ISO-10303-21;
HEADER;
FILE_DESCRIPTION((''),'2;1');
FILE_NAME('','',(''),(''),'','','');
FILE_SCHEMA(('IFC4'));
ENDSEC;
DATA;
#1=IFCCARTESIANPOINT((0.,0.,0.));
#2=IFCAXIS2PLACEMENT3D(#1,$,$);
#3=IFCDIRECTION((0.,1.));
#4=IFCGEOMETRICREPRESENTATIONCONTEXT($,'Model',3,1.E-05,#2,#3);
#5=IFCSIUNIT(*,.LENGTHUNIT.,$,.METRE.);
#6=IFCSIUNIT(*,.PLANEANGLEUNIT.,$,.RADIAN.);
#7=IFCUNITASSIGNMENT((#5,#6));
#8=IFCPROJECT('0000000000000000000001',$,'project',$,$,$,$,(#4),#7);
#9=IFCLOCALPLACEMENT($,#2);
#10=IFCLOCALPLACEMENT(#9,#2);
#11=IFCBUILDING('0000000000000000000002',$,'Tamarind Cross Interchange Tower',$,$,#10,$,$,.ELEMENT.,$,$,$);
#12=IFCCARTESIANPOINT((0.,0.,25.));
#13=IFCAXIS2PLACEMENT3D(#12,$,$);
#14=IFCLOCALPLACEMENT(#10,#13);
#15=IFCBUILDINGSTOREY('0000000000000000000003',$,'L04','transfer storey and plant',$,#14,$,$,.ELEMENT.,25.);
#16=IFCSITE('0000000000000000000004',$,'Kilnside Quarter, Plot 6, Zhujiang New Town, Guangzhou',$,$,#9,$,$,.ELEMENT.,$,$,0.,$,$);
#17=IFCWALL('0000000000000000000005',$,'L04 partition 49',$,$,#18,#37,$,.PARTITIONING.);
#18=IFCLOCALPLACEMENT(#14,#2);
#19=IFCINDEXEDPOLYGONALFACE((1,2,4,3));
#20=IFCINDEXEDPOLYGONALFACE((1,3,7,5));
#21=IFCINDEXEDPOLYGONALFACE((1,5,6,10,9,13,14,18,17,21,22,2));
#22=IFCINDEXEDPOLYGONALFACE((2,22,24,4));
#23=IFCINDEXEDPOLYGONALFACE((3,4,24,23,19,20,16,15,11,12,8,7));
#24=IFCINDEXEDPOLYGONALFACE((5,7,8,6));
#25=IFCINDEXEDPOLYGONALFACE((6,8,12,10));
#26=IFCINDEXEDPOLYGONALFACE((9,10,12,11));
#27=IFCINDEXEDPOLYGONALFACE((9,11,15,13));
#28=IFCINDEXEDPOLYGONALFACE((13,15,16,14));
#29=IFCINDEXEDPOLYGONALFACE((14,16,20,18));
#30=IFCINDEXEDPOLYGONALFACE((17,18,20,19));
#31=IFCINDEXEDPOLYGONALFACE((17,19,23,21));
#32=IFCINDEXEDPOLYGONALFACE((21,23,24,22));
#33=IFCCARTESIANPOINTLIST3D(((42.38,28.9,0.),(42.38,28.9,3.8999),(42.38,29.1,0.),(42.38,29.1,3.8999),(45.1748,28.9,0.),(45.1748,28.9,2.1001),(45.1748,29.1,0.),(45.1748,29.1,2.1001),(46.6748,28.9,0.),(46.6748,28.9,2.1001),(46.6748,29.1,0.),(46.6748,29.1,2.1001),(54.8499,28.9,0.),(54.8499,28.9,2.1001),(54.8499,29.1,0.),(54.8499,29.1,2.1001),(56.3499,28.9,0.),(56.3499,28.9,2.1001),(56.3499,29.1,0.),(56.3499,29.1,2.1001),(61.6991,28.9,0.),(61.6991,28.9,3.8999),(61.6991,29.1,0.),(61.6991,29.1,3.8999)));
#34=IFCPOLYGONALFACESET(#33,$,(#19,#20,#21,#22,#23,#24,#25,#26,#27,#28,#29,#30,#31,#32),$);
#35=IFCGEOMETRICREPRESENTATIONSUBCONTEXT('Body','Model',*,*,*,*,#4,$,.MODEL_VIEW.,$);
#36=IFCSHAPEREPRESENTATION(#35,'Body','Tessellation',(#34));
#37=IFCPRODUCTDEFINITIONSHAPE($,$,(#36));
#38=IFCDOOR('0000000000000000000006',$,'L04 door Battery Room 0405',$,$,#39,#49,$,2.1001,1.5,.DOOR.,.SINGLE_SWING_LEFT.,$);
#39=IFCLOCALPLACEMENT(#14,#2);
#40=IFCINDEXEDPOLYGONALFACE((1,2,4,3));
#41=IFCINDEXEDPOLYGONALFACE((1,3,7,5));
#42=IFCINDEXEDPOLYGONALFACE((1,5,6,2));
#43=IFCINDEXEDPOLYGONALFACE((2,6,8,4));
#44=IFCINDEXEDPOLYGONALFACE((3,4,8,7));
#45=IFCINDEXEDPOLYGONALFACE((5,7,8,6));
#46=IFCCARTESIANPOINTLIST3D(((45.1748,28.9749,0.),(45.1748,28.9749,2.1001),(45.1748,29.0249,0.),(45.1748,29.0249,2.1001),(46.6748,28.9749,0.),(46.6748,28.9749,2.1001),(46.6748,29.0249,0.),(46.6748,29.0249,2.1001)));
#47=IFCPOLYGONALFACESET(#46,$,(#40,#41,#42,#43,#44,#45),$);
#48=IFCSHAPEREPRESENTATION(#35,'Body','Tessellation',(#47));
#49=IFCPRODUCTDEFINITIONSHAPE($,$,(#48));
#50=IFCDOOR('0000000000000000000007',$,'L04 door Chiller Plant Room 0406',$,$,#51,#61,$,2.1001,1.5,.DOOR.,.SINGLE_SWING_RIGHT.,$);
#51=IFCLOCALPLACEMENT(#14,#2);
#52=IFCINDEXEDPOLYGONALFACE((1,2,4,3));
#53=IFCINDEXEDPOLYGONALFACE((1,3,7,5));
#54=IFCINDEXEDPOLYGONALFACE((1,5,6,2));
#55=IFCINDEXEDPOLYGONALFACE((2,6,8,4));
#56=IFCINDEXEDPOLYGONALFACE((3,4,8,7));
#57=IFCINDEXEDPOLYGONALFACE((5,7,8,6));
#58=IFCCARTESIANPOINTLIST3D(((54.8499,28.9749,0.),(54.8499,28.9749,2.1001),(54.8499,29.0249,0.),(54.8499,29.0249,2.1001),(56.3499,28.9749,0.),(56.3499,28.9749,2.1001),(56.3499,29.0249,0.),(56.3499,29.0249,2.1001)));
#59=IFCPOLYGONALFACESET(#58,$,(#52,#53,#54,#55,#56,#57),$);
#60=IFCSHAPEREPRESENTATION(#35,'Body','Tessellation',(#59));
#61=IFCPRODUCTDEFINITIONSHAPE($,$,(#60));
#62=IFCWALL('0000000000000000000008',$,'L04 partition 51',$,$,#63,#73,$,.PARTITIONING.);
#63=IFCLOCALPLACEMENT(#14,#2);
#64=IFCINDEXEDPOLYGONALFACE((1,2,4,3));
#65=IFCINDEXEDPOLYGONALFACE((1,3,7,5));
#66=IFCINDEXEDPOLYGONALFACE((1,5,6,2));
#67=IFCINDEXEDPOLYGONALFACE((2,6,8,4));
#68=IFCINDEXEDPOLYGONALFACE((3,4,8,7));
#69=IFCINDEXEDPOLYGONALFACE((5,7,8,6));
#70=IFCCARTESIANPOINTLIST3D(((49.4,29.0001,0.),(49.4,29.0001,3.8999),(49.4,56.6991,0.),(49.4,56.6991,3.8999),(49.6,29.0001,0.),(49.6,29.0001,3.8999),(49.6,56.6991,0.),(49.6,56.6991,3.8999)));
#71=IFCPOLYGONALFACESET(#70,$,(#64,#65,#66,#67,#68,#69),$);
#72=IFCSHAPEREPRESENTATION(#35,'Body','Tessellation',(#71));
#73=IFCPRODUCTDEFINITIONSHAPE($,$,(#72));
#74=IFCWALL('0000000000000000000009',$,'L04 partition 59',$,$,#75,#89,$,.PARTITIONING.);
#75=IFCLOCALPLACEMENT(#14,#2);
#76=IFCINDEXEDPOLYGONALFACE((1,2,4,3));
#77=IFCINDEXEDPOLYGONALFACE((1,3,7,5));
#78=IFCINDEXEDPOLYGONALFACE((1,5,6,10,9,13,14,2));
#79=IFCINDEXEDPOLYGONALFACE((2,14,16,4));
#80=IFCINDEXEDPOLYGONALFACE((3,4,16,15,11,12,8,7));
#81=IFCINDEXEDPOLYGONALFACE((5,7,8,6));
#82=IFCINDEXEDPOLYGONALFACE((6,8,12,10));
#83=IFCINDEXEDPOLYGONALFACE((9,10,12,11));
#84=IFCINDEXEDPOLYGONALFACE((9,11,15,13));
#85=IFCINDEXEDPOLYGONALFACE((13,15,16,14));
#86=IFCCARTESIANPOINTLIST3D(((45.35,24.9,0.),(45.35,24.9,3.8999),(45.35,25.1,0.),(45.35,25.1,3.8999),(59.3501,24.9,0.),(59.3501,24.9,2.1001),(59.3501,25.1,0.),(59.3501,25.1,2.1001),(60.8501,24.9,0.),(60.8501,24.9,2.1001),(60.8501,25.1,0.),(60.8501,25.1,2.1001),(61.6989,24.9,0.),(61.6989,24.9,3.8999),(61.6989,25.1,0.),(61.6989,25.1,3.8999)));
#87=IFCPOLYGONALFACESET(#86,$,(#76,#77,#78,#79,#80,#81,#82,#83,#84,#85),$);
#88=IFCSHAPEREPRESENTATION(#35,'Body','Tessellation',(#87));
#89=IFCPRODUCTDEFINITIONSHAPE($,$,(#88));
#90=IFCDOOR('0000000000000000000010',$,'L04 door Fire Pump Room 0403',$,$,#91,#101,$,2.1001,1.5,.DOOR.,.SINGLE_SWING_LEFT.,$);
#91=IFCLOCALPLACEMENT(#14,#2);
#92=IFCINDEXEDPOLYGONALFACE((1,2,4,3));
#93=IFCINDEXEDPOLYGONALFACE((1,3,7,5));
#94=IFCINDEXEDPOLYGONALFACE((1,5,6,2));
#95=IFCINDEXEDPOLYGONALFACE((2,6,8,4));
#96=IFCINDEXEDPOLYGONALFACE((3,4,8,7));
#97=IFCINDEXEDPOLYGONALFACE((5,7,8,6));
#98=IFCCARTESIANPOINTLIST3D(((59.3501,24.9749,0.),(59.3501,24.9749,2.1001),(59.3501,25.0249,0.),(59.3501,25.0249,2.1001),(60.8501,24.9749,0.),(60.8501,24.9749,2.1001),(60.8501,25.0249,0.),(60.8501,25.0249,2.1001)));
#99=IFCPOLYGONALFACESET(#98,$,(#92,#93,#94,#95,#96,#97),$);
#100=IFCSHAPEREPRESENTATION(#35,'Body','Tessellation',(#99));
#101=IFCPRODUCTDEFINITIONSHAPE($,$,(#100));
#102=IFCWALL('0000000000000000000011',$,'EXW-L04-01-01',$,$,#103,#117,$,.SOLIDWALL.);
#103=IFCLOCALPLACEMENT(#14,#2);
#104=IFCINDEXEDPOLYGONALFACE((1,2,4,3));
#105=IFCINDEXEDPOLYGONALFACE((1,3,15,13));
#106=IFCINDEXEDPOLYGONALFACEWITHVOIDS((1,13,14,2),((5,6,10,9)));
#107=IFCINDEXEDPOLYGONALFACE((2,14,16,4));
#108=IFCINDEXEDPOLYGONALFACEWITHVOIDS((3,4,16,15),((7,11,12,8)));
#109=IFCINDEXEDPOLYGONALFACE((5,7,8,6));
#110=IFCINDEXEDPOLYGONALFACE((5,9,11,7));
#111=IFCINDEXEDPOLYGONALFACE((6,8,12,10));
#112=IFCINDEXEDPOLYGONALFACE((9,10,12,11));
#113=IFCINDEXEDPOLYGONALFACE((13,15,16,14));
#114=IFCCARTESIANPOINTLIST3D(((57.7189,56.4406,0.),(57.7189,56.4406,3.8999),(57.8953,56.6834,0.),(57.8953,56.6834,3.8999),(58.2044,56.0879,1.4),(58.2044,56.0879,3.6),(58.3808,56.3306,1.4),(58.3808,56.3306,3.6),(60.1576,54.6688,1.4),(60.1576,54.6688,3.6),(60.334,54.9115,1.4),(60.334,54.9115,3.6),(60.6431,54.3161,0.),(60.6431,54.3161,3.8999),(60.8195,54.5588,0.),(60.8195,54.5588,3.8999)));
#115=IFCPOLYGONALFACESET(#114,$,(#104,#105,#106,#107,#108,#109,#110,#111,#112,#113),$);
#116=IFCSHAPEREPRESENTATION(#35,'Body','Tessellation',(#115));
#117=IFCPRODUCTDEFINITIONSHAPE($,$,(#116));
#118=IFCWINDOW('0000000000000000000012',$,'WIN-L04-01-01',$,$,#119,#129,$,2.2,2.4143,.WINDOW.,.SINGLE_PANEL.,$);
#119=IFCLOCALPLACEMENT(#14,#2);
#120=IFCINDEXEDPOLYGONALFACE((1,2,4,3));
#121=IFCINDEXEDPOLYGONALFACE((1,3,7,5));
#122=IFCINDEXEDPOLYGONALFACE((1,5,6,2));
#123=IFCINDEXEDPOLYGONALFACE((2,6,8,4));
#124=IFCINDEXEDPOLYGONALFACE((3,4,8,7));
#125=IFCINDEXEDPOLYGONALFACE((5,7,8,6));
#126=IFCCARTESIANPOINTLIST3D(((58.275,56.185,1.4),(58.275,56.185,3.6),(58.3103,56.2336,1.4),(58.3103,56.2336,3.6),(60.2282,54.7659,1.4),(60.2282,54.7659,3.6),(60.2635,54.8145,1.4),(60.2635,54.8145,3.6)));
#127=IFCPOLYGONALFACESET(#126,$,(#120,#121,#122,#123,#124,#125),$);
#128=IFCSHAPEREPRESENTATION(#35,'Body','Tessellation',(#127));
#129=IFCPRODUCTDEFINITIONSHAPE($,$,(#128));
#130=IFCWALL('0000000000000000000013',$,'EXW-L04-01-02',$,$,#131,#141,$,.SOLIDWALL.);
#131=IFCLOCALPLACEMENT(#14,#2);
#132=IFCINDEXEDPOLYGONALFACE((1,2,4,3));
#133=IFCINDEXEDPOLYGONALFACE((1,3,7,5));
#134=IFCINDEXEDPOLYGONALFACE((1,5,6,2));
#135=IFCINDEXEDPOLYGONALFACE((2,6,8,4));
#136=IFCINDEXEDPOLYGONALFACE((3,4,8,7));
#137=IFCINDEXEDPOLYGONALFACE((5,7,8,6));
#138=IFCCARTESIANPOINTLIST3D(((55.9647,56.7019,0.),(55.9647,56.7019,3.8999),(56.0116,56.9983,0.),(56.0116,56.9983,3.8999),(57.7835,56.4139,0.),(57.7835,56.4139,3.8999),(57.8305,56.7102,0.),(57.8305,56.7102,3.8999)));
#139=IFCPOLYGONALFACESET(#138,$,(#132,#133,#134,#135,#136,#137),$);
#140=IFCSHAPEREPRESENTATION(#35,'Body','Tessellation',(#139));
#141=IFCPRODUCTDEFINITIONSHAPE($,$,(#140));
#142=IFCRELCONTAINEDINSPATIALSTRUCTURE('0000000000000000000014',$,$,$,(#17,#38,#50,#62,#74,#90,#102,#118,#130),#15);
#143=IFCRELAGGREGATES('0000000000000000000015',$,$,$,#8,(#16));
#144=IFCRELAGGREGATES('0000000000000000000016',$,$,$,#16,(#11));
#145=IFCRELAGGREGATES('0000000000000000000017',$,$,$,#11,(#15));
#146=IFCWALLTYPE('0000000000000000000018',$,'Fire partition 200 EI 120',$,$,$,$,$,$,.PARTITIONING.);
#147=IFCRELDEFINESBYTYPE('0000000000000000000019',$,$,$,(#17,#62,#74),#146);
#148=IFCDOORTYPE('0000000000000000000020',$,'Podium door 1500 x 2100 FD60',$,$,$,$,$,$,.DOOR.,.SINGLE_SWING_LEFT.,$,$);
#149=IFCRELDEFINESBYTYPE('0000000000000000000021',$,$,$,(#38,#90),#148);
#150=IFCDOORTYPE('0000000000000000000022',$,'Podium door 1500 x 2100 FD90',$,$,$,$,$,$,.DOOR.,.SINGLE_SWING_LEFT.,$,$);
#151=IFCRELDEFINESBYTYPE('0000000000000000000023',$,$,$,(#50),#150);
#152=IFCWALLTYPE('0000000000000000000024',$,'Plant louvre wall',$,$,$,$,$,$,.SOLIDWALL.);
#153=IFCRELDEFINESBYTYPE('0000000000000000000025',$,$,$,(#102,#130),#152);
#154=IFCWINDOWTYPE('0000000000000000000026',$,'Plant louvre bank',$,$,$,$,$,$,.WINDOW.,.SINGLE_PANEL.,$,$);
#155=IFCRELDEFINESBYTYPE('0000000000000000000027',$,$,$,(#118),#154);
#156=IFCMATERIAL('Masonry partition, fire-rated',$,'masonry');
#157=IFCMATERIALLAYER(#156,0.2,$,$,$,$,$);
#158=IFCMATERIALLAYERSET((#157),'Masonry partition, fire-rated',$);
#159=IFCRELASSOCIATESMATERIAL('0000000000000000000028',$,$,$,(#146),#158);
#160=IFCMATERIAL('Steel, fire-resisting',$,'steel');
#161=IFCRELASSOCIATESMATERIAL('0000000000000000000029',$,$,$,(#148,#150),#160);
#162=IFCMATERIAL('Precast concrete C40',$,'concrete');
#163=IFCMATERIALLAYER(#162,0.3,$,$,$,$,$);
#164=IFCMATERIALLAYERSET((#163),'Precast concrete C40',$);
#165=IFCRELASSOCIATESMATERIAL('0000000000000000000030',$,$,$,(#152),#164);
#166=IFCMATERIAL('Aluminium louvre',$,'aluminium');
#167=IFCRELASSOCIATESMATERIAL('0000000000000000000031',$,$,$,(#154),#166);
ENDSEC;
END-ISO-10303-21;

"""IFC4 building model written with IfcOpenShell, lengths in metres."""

from ifc_helpers import new_model, si_unit, direction, frame, frame_2d, origin, place, context, subcontext, project, spatial, rectangle, extrude, material, layer, layer_set, type_object, element, fill, save


model = new_model("IFC4")

# Units and contexts
model_context = context("Model", 3, precision=1e-05, world=origin(), true_north=direction((0.0, 1.0)))
body_context = subcontext(model_context, "Body", "Model", "MODEL_VIEW")
ifc_project = project(units=[si_unit("LENGTHUNIT", "METRE"), si_unit("PLANEANGLEUNIT", "RADIAN")], contexts=[model_context])

# Site, building, storey
site_placement = place(None, origin())
site = spatial("IfcSite", under=ifc_project, at=site_placement, Name="Kilnside Quarter, Plot 6, Zhujiang New Town, Guangzhou", CompositionType="ELEMENT", RefElevation=0.0)
building_placement = place(site_placement, origin())
building = spatial("IfcBuilding", under=site, at=building_placement, Name="Tamarind Cross Interchange Tower", CompositionType="ELEMENT")
storey_placement = place(building_placement, frame((0.0, 0.0, 25.0)))
storey = spatial("IfcBuildingStorey", under=building, at=storey_placement, Name="L04", Description="transfer storey and plant", CompositionType="ELEMENT", Elevation=25.0)

# Shared definitions
ifc_material_1 = material(Name="Masonry partition, fire-rated", Category="masonry")
ifc_layer_1 = layer(ifc_material_1, 0.2)
ifc_layer_set_1 = layer_set([ifc_layer_1], Name="Masonry partition, fire-rated")
wall_type_1 = type_object("IfcWallType", Name="Fire partition 200 EI 120", PredefinedType="PARTITIONING", material=ifc_layer_set_1)

# Wall, openings, doors
wall_1_placement = place(storey_placement, frame((42.3799, 29.0, 0.0), z_axis=(0.0, 0.0, 1.0), x_axis=(1.0, 0.0, 0.0)))
wall_1 = element("IfcWall", 1, at=wall_1_placement, inside=storey, type_object=wall_type_1, Name="L04 partition 49", PredefinedType="PARTITIONING", context=body_context, shape_type="SweptSolid", body=[
    extrude(rectangle(XDim=19.3191, YDim=0.2, at=frame_2d((9.6597, 0.0))), origin(), (0.0, 0.0, 1.0), 3.8999),
])
opening_1_placement = place(wall_1_placement, frame((2.7949, 0.0, 0.0)))
opening_1 = element("IfcOpeningElement", 2, at=opening_1_placement, cuts=wall_1, PredefinedType="OPENING", context=body_context, shape_type="SweptSolid", body=[
    extrude(rectangle(XDim=1.5, YDim=2.1001, at=frame_2d((0.75, 1.05))), frame((0.0, 0.1099, 0.0), z_axis=(0.0, -1.0, 0.0), x_axis=(1.0, 0.0, 0.0)), (0.0, 0.0, 1.0), 0.22),
])
opening_2_placement = place(wall_1_placement, frame((12.47, 0.0, 0.0)))
opening_2 = element("IfcOpeningElement", 3, at=opening_2_placement, cuts=wall_1, PredefinedType="OPENING", context=body_context, shape_type="SweptSolid", body=[
    extrude(rectangle(XDim=1.5, YDim=2.1001, at=frame_2d((0.75, 1.05))), frame((0.0, 0.1099, 0.0), z_axis=(0.0, -1.0, 0.0), x_axis=(1.0, 0.0, 0.0)), (0.0, 0.0, 1.0), 0.22),
])
ifc_material_2 = material(Name="Steel, fire-resisting", Category="steel")
door_type_1 = type_object("IfcDoorType", Name="Podium door 1500 x 2100 FD60", OperationType="SINGLE_SWING_LEFT", PredefinedType="DOOR", material=ifc_material_2)
door_1_placement = place(opening_1_placement, origin())
door_1 = element("IfcDoor", 4, at=door_1_placement, inside=storey, type_object=door_type_1, Name="L04 door Battery Room 0405", OperationType="SINGLE_SWING_LEFT", OverallHeight=2.1001, OverallWidth=1.5, PredefinedType="DOOR", context=body_context, shape_type="SweptSolid", body=[
    extrude(rectangle(XDim=1.5, YDim=2.1001, at=frame_2d((0.75, 1.05))), frame((0.0, 0.0249, 0.0), z_axis=(0.0, -1.0, 0.0), x_axis=(1.0, 0.0, 0.0)), (0.0, 0.0, 1.0), 0.05),
])
fill(opening_1, door_1)
door_type_2 = type_object("IfcDoorType", Name="Podium door 1500 x 2100 FD90", OperationType="SINGLE_SWING_LEFT", PredefinedType="DOOR", material=ifc_material_2)
door_2_placement = place(opening_2_placement, origin())
door_2 = element("IfcDoor", 5, at=door_2_placement, inside=storey, type_object=door_type_2, Name="L04 door Chiller Plant Room 0406", OperationType="SINGLE_SWING_RIGHT", OverallHeight=2.1001, OverallWidth=1.5, PredefinedType="DOOR", context=body_context, shape_type="SweptSolid", body=[
    extrude(rectangle(XDim=1.5, YDim=2.1001, at=frame_2d((0.75, 1.05))), frame((0.0, 0.0249, 0.0), z_axis=(0.0, -1.0, 0.0), x_axis=(1.0, 0.0, 0.0)), (0.0, 0.0, 1.0), 0.05),
])
fill(opening_2, door_2)

# Wall
wall_2_placement = place(storey_placement, frame((49.5, 29.0, 0.0), z_axis=(0.0, 0.0, 1.0), x_axis=(0.0, 1.0, 0.0)))
element("IfcWall", 6, at=wall_2_placement, inside=storey, type_object=wall_type_1, Name="L04 partition 51", PredefinedType="PARTITIONING", context=body_context, shape_type="SweptSolid", body=[
    extrude(rectangle(XDim=27.699, YDim=0.2, at=frame_2d((13.8496, 0.0))), origin(), (0.0, 0.0, 1.0), 3.8999),
])

# Wall, opening, door
wall_3_placement = place(storey_placement, frame((45.3501, 25.0, 0.0), z_axis=(0.0, 0.0, 1.0), x_axis=(1.0, 0.0, 0.0)))
wall_3 = element("IfcWall", 7, at=wall_3_placement, inside=storey, type_object=wall_type_1, Name="L04 partition 59", PredefinedType="PARTITIONING", context=body_context, shape_type="SweptSolid", body=[
    extrude(rectangle(XDim=16.3489, YDim=0.2, at=frame_2d((8.1743, 0.0))), origin(), (0.0, 0.0, 1.0), 3.8999),
])
opening_3_placement = place(wall_3_placement, frame((14.0, 0.0, 0.0)))
opening_3 = element("IfcOpeningElement", 8, at=opening_3_placement, cuts=wall_3, PredefinedType="OPENING", context=body_context, shape_type="SweptSolid", body=[
    extrude(rectangle(XDim=1.5, YDim=2.1001, at=frame_2d((0.75, 1.05))), frame((0.0, 0.1099, 0.0), z_axis=(0.0, -1.0, 0.0), x_axis=(1.0, 0.0, 0.0)), (0.0, 0.0, 1.0), 0.22),
])
door_3_placement = place(opening_3_placement, origin())
door_3 = element("IfcDoor", 9, at=door_3_placement, inside=storey, type_object=door_type_1, Name="L04 door Fire Pump Room 0403", OperationType="SINGLE_SWING_LEFT", OverallHeight=2.1001, OverallWidth=1.5, PredefinedType="DOOR", context=body_context, shape_type="SweptSolid", body=[
    extrude(rectangle(XDim=1.5, YDim=2.1001, at=frame_2d((0.75, 1.05))), frame((0.0, 0.0249, 0.0), z_axis=(0.0, -1.0, 0.0), x_axis=(1.0, 0.0, 0.0)), (0.0, 0.0, 1.0), 0.05),
])
fill(opening_3, door_3)

# Wall, opening, window
ifc_material_3 = material(Name="Precast concrete C40", Category="concrete")
ifc_layer_2 = layer(ifc_material_3, 0.3)
ifc_layer_set_2 = layer_set([ifc_layer_2], Name="Precast concrete C40")
wall_type_2 = type_object("IfcWallType", Name="Plant louvre wall", PredefinedType="SOLIDWALL", material=ifc_layer_set_2)
ifc_material_4 = material(Name="Aluminium louvre", Category="aluminium")
window_type_1 = type_object("IfcWindowType", Name="Plant louvre bank", PartitioningType="SINGLE_PANEL", PredefinedType="WINDOW", material=ifc_material_4)
wall_4_placement = place(storey_placement, frame((60.7312, 54.4375, 0.0), z_axis=(0.0, 0.0, 1.0), x_axis=(-0.809011, 0.587794, 0.0)))
wall_4 = element("IfcWall", 10, at=wall_4_placement, inside=storey, type_object=wall_type_2, Name="EXW-L04-01-01", PredefinedType="SOLIDWALL", context=body_context, shape_type="SweptSolid", body=[
    extrude(rectangle(XDim=3.6145, YDim=0.3, at=frame_2d((1.8071, 0.0))), origin(), (0.0, 0.0, 1.0), 3.8999),
])
opening_4_placement = place(wall_4_placement, frame((0.6001, 0.0, 1.3999)))
opening_4 = element("IfcOpeningElement", 11, at=opening_4_placement, cuts=wall_4, PredefinedType="OPENING", context=body_context, shape_type="SweptSolid", body=[
    extrude(rectangle(XDim=2.4143, YDim=2.2, at=frame_2d((1.207, 1.1001))), frame((0.0, 0.1599, 0.0), z_axis=(0.0, -1.0, 0.0), x_axis=(1.0, 0.0, 0.0)), (0.0, 0.0, 1.0), 0.3201),
])
window_1_placement = place(opening_4_placement, origin())
window_1 = element("IfcWindow", 12, at=window_1_placement, inside=storey, type_object=window_type_1, Name="WIN-L04-01-01", OverallHeight=2.2, OverallWidth=2.4143, PartitioningType="SINGLE_PANEL", PredefinedType="WINDOW", context=body_context, shape_type="SweptSolid", body=[
    extrude(rectangle(XDim=2.4143, YDim=2.2, at=frame_2d((1.207, 1.1001))), frame((0.0, 0.03, 0.0), z_axis=(0.0, -1.0, 0.0), x_axis=(1.0, 0.0, 0.0)), (0.0, 0.0, 1.0), 0.0601),
])
fill(opening_4, window_1)

# Wall
wall_5_placement = place(storey_placement, frame((57.8071, 56.562, 0.0), z_axis=(0.0, 0.0, 1.0), x_axis=(-0.987688, 0.156439, 0.0)))
element("IfcWall", 13, at=wall_5_placement, inside=storey, type_object=wall_type_2, Name="EXW-L04-01-02", PredefinedType="SOLIDWALL", context=body_context, shape_type="SweptSolid", body=[
    extrude(rectangle(XDim=1.8416, YDim=0.3, at=frame_2d((0.9209, 0.0))), origin(), (0.0, 0.0, 1.0), 3.8999),
])

save(model, "model.ifc")
